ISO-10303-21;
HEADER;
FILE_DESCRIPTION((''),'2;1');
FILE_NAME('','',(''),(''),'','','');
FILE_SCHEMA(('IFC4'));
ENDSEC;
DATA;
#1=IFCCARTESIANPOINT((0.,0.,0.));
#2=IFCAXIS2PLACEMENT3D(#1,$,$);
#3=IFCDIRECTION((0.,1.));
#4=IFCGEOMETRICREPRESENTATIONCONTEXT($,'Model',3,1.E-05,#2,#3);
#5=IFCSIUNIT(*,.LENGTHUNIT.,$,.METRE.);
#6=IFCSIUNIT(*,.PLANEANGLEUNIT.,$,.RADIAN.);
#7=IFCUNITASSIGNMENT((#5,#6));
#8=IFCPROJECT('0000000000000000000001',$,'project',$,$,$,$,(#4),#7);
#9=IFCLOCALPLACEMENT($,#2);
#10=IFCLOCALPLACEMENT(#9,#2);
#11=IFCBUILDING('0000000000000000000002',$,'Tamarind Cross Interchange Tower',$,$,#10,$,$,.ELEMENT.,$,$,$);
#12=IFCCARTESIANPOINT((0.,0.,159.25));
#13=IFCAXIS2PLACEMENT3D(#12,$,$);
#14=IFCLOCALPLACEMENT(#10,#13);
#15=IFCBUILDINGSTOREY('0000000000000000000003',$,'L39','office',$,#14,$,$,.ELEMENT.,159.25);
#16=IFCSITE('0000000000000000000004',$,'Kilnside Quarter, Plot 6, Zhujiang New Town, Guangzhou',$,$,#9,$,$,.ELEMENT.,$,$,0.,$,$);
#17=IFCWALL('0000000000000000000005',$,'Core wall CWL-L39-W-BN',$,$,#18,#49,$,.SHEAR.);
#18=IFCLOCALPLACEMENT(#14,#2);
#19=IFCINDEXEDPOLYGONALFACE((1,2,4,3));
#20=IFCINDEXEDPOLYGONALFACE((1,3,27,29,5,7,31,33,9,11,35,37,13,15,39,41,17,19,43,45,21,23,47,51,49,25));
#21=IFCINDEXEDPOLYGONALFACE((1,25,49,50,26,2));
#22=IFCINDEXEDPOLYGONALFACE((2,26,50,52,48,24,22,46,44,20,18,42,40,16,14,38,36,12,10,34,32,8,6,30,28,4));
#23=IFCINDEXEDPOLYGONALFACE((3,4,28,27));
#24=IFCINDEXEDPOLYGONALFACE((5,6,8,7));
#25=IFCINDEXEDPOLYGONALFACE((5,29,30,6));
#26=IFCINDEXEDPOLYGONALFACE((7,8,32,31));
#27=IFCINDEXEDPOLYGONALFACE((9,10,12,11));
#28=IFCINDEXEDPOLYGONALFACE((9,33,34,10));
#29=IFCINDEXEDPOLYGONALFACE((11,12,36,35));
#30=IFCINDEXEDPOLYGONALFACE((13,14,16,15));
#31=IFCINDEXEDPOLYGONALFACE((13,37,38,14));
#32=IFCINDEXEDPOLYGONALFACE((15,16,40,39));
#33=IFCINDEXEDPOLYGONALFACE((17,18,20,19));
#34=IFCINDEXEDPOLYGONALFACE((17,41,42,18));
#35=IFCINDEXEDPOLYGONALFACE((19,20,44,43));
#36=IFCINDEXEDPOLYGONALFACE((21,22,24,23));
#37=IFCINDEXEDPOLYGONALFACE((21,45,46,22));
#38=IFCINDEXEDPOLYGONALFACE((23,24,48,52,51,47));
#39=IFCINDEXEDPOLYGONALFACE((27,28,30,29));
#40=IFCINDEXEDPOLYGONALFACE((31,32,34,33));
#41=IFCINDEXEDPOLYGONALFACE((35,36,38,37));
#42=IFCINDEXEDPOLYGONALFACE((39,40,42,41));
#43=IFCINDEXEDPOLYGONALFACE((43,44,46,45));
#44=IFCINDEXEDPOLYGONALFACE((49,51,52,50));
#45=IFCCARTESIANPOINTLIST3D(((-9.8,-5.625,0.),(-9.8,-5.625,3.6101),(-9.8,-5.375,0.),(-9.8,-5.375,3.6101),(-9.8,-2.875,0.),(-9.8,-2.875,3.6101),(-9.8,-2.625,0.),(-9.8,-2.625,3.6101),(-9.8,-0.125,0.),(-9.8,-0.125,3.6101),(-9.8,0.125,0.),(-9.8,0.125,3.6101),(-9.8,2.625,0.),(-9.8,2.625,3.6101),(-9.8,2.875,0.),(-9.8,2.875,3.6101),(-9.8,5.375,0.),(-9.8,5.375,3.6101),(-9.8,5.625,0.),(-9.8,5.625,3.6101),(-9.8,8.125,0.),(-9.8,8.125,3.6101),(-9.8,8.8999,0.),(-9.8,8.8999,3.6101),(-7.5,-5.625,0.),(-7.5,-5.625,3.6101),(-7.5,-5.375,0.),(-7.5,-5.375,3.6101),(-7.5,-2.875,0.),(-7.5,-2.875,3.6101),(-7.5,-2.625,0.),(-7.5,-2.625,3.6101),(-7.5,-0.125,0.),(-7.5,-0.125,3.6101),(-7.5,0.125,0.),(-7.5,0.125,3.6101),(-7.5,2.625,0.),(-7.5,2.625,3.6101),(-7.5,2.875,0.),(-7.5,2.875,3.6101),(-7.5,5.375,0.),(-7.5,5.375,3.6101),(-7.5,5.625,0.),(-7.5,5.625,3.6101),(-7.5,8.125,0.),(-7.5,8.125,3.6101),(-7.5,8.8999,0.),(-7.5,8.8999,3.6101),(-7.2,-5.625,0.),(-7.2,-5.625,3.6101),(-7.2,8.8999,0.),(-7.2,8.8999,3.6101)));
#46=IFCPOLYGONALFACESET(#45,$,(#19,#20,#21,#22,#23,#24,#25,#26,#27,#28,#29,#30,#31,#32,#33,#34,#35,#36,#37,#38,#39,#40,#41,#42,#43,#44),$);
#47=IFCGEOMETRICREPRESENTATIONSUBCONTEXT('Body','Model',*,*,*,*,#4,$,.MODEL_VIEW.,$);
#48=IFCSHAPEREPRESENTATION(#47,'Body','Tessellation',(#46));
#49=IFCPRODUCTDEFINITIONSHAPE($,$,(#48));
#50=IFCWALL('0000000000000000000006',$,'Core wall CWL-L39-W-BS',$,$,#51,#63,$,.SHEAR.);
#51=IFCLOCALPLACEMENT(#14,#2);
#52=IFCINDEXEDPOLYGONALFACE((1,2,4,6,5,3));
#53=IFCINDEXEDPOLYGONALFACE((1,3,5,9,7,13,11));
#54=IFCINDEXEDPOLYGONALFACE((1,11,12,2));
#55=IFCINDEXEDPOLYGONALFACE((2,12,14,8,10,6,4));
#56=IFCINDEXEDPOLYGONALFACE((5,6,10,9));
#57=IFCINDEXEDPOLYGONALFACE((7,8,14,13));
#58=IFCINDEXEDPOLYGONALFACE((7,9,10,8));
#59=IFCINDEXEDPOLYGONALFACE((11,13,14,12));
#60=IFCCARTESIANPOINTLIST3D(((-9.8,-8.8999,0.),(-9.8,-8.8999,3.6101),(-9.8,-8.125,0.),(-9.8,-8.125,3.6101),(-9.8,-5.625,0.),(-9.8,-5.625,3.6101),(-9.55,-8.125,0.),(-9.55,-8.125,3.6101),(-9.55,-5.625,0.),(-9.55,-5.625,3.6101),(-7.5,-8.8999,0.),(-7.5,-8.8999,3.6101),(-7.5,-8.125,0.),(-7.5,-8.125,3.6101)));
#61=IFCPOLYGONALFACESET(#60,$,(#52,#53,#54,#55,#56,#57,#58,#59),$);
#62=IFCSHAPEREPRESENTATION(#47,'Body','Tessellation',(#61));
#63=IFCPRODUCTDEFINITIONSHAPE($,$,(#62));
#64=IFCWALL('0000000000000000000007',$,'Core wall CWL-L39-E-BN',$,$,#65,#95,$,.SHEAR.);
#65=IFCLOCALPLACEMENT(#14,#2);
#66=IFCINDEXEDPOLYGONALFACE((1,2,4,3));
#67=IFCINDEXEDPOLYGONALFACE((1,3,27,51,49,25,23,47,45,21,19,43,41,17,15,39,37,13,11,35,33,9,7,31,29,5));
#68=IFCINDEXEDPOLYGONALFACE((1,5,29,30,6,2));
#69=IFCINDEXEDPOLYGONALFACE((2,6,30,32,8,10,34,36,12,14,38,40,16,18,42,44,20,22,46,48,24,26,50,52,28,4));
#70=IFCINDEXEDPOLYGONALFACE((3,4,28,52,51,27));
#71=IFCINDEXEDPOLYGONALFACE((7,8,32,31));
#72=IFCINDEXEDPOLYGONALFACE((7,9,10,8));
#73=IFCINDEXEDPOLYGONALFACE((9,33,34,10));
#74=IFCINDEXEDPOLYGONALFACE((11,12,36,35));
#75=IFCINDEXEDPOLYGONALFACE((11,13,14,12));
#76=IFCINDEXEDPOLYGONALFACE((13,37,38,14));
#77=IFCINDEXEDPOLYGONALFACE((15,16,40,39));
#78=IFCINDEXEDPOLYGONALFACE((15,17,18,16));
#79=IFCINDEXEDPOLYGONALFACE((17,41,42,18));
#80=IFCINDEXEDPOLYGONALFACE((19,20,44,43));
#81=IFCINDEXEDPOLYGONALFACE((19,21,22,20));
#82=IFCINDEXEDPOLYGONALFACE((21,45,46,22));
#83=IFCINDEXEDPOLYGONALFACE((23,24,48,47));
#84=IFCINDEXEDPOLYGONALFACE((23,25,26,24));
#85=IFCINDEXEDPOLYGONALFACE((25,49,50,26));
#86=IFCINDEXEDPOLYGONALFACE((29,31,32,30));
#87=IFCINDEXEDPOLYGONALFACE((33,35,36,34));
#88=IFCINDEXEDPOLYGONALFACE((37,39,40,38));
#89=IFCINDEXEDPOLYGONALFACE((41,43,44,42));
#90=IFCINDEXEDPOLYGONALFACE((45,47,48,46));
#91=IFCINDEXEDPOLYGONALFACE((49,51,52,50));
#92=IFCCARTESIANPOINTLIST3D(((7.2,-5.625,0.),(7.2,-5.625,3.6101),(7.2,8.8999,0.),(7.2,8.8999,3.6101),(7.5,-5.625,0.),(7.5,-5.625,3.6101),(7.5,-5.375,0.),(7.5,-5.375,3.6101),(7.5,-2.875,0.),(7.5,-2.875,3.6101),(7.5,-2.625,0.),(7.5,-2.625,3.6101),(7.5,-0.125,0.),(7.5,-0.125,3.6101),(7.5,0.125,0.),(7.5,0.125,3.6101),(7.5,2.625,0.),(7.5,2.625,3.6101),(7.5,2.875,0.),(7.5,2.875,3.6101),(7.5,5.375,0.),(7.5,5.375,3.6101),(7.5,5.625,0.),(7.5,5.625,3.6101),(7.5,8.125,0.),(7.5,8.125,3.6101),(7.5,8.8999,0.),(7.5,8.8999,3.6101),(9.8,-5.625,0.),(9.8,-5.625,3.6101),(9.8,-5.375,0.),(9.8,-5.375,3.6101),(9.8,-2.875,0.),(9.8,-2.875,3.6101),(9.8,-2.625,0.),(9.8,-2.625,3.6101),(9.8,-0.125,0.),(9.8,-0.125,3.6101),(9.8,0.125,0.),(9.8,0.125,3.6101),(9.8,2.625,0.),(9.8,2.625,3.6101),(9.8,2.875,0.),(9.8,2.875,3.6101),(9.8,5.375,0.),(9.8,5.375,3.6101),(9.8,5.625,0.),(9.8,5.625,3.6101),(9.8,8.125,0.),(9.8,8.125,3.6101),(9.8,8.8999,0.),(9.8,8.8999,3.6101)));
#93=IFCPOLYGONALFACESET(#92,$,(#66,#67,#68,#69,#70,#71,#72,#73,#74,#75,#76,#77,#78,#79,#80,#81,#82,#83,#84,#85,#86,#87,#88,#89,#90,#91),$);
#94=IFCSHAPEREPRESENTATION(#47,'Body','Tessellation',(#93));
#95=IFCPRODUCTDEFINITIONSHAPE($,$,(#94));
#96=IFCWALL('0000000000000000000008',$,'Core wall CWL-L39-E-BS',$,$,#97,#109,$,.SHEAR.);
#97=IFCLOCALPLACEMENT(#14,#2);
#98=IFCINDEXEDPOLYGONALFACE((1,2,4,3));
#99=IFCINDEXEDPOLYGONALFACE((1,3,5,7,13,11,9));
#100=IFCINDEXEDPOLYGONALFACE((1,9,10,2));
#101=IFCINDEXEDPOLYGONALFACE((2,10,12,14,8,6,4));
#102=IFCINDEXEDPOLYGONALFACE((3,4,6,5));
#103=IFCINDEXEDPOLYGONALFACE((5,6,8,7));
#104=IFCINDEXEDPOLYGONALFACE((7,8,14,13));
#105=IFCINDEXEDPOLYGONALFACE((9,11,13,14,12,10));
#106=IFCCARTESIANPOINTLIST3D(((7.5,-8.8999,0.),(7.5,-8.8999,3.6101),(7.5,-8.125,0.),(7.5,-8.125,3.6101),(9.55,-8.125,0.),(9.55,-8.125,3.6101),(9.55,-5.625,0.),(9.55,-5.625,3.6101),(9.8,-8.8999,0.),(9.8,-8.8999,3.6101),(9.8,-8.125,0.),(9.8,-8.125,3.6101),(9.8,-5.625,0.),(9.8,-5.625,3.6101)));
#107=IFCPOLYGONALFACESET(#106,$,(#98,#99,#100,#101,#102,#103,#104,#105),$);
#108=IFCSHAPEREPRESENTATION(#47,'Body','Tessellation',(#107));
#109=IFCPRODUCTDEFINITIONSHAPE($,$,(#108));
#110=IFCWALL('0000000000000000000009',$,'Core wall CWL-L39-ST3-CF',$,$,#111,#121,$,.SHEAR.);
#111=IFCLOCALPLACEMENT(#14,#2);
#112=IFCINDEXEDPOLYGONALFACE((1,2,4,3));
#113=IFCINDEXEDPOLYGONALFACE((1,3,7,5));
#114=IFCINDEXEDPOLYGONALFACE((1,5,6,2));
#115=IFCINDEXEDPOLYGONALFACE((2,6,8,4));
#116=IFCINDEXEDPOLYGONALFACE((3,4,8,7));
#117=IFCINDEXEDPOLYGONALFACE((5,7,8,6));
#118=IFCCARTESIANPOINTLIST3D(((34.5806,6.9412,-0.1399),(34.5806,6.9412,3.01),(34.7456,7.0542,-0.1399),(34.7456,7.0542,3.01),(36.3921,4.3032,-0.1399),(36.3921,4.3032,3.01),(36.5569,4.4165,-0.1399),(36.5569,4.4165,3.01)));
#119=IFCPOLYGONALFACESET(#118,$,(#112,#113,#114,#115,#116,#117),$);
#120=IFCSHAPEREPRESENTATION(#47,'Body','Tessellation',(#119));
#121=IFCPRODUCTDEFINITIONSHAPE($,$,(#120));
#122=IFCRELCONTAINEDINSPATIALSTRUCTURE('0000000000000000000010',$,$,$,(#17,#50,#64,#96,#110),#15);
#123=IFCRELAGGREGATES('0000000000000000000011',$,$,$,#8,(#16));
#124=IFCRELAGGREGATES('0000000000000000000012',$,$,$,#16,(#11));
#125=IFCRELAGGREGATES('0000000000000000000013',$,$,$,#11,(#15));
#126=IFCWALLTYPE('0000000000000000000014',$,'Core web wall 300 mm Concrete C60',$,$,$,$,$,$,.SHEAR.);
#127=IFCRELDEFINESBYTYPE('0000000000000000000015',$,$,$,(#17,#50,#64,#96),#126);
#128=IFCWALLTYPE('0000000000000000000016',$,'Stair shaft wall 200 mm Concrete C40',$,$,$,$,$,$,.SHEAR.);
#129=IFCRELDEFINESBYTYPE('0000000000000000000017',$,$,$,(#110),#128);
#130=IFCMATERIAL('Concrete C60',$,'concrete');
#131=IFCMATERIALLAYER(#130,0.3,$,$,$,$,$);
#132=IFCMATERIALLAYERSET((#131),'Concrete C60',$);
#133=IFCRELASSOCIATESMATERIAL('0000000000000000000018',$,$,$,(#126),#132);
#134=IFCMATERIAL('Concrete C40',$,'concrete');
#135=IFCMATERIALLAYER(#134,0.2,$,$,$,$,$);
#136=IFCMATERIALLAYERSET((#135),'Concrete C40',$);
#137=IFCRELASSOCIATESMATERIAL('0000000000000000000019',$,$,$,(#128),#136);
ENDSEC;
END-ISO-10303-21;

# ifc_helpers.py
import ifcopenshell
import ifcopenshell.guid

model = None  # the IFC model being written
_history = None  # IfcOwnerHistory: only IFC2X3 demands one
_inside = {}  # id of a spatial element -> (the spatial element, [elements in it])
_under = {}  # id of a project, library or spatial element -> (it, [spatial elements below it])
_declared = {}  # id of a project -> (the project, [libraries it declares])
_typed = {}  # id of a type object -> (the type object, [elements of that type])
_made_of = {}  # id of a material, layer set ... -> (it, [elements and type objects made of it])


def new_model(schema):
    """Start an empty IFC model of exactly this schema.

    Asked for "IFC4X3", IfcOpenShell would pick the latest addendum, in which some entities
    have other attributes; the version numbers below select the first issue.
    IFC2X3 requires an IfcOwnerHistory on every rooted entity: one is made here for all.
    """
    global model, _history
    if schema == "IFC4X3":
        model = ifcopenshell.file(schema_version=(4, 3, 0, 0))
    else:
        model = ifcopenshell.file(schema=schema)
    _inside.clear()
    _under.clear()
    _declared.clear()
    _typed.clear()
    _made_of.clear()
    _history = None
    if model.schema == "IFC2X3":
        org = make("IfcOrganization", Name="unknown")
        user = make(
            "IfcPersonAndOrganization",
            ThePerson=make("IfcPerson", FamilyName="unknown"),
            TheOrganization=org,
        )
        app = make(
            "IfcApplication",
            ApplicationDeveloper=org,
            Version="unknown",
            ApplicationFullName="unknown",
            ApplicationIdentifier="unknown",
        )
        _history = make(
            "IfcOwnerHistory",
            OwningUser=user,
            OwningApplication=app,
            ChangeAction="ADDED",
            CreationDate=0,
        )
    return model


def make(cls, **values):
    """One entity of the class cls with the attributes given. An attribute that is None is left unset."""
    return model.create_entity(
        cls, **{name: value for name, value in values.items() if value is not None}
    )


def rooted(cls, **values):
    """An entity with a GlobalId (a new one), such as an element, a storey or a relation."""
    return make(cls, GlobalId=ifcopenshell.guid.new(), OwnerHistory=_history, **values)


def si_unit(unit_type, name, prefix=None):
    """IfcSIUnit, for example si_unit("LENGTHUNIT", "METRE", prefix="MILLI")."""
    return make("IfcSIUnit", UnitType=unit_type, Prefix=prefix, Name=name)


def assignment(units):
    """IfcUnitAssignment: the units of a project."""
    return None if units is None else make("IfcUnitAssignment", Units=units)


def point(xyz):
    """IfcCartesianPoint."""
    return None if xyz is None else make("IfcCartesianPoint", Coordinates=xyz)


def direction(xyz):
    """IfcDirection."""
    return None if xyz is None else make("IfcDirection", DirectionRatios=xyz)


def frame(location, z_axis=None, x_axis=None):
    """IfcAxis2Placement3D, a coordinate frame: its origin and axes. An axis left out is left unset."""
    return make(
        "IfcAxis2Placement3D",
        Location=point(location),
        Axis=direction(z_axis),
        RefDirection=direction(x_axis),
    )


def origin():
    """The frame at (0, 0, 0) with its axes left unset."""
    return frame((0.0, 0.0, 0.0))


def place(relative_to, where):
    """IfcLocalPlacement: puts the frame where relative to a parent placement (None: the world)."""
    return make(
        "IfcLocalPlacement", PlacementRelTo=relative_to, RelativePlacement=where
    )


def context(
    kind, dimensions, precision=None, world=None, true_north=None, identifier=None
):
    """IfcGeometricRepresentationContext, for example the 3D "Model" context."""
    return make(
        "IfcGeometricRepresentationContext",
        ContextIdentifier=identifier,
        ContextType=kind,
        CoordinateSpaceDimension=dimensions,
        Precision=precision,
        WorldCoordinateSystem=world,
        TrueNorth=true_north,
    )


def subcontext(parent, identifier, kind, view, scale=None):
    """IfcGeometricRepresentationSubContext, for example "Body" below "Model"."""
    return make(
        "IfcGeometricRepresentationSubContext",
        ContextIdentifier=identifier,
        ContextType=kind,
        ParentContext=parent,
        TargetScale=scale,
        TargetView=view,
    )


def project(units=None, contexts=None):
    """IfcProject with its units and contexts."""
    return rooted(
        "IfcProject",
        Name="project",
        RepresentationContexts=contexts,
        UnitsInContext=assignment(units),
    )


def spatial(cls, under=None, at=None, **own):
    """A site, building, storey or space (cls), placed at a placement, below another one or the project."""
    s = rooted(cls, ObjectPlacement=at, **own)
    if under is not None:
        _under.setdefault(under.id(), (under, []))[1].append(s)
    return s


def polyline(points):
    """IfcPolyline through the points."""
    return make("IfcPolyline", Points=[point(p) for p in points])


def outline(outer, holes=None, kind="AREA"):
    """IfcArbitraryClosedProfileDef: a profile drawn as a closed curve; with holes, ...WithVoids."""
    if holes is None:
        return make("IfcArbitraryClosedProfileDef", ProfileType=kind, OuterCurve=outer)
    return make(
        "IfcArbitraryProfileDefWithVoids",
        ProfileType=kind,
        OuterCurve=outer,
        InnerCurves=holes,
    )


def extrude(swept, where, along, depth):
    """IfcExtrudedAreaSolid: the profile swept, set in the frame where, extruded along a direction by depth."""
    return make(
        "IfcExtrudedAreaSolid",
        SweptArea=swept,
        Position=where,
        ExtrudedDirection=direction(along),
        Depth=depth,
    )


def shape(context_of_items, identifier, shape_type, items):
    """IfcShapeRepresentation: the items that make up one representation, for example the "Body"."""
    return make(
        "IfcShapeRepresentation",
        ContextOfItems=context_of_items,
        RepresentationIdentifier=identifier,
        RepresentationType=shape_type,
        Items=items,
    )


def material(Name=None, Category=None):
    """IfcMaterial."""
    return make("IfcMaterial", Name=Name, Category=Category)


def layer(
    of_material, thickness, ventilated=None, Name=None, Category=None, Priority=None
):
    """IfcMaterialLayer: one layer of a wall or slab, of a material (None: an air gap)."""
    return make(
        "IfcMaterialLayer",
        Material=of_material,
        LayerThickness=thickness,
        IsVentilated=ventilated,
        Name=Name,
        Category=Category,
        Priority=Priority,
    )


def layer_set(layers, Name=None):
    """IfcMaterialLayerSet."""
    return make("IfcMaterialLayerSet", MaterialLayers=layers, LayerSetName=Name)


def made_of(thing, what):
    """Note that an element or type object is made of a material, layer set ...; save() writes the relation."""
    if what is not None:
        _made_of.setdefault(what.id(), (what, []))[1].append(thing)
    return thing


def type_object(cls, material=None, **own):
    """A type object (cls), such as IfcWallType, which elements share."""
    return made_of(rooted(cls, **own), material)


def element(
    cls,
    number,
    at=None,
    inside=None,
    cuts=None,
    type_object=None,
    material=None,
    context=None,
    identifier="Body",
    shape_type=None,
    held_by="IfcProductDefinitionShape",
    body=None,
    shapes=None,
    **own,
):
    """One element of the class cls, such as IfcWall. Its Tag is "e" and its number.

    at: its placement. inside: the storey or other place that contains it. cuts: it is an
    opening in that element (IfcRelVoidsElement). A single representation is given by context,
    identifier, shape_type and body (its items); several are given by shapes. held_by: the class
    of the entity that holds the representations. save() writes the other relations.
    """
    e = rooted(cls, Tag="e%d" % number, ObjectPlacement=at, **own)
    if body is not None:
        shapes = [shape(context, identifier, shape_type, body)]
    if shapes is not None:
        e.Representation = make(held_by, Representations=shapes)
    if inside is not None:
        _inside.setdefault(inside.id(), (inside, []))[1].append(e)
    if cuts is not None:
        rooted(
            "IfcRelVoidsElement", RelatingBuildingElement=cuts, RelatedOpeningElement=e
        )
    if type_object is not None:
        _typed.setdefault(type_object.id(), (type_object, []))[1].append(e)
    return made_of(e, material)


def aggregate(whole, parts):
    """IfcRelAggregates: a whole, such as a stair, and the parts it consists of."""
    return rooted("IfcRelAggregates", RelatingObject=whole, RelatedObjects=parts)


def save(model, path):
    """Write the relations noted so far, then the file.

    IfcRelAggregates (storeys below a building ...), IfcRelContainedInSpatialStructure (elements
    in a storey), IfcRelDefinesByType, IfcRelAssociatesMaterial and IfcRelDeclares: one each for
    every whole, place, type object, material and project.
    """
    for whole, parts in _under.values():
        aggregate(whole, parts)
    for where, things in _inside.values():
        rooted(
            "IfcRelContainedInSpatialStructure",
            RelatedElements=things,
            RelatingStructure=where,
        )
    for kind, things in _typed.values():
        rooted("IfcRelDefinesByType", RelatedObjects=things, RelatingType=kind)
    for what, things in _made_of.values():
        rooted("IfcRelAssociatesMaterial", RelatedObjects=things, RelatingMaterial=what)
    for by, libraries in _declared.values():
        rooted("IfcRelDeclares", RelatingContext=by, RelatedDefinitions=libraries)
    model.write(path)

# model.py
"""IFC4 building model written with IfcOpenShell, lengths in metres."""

from ifc_helpers import new_model, si_unit, direction, frame, origin, place, context, subcontext, project, spatial, polyline, outline, extrude, material, layer, layer_set, type_object, element, save


model = new_model("IFC4")

# Units and contexts
model_context = context("Model", 3, precision=1e-05, world=origin(), true_north=direction((0.0, 1.0)))
body_context = subcontext(model_context, "Body", "Model", "MODEL_VIEW")
ifc_project = project(units=[si_unit("LENGTHUNIT", "METRE"), si_unit("PLANEANGLEUNIT", "RADIAN")], contexts=[model_context])

# Site, building, storey
site_placement = place(None, origin())
site = spatial("IfcSite", under=ifc_project, at=site_placement, Name="Kilnside Quarter, Plot 6, Zhujiang New Town, Guangzhou", CompositionType="ELEMENT", RefElevation=0.0)
building_placement = place(site_placement, origin())
building = spatial("IfcBuilding", under=site, at=building_placement, Name="Tamarind Cross Interchange Tower", CompositionType="ELEMENT")
storey_placement = place(building_placement, frame((0.0, 0.0, 159.25)))
storey = spatial("IfcBuildingStorey", under=building, at=storey_placement, Name="L39", Description="office", CompositionType="ELEMENT", Elevation=159.25)

# Shared definitions
ifc_material_1 = material(Name="Concrete C40", Category="concrete")

# Walls
ifc_material_2 = material(Name="Concrete C60", Category="concrete")
ifc_layer_1 = layer(ifc_material_2, 0.3)
ifc_layer_set_1 = layer_set([ifc_layer_1], Name="Concrete C60")
wall_type_1 = type_object("IfcWallType", Name="Core web wall 300 mm Concrete C60", PredefinedType="SHEAR", material=ifc_layer_set_1)
wall_1_placement = place(storey_placement, origin())
element("IfcWall", 1, at=wall_1_placement, inside=storey, type_object=wall_type_1, Name="Core wall CWL-L39-W-BN", PredefinedType="SHEAR", context=body_context, shape_type="SweptSolid", body=[
    extrude(outline(polyline([(-9.8, -5.375), (-9.8, -5.625), (-7.5, -5.625), (-7.2, -5.625), (-7.2, 8.8999), (-7.5, 8.8999), (-9.8, 8.8999), (-9.8, 8.125), (-7.5, 8.125), (-7.5, 5.625), (-9.8, 5.625), (-9.8, 5.375), (-7.5, 5.375), (-7.5, 2.875), (-9.8, 2.875), (-9.8, 2.625), (-7.5, 2.625), (-7.5, 0.125), (-9.8, 0.125), (-9.8, -0.125), (-7.5, -0.125), (-7.5, -2.625), (-9.8, -2.625), (-9.8, -2.875), (-7.5, -2.875), (-7.5, -5.375), (-9.8, -5.375)])), origin(), (0.0, 0.0, 1.0), 3.6101),
])
wall_2_placement = place(storey_placement, origin())
element("IfcWall", 2, at=wall_2_placement, inside=storey, type_object=wall_type_1, Name="Core wall CWL-L39-W-BS", PredefinedType="SHEAR", context=body_context, shape_type="SweptSolid", body=[
    extrude(outline(polyline([(-7.5, -8.125), (-9.55, -8.125), (-9.55, -5.625), (-9.8, -5.625), (-9.8, -8.125), (-9.8, -8.8999), (-7.5, -8.8999), (-7.5, -8.125)])), origin(), (0.0, 0.0, 1.0), 3.6101),
])
wall_3_placement = place(storey_placement, origin())
element("IfcWall", 3, at=wall_3_placement, inside=storey, type_object=wall_type_1, Name="Core wall CWL-L39-E-BN", PredefinedType="SHEAR", context=body_context, shape_type="SweptSolid", body=[
    extrude(outline(polyline([(9.8, -5.375), (7.5, -5.375), (7.5, -2.875), (9.8, -2.875), (9.8, -2.625), (7.5, -2.625), (7.5, -0.125), (9.8, -0.125), (9.8, 0.125), (7.5, 0.125), (7.5, 2.625), (9.8, 2.625), (9.8, 2.875), (7.5, 2.875), (7.5, 5.375), (9.8, 5.375), (9.8, 5.625), (7.5, 5.625), (7.5, 8.125), (9.8, 8.125), (9.8, 8.8999), (7.5, 8.8999), (7.2, 8.8999), (7.2, -5.625), (7.5, -5.625), (9.8, -5.625), (9.8, -5.375)])), origin(), (0.0, 0.0, 1.0), 3.6101),
])
wall_4_placement = place(storey_placement, origin())
element("IfcWall", 4, at=wall_4_placement, inside=storey, type_object=wall_type_1, Name="Core wall CWL-L39-E-BS", PredefinedType="SHEAR", context=body_context, shape_type="SweptSolid", body=[
    extrude(outline(polyline([(7.5, -8.125), (7.5, -8.8999), (9.8, -8.8999), (9.8, -8.125), (9.8, -5.625), (9.55, -5.625), (9.55, -8.125), (7.5, -8.125)])), origin(), (0.0, 0.0, 1.0), 3.6101),
])
ifc_layer_2 = layer(ifc_material_1, 0.2)
ifc_layer_set_2 = layer_set([ifc_layer_2], Name="Concrete C40")
wall_type_2 = type_object("IfcWallType", Name="Stair shaft wall 200 mm Concrete C40", PredefinedType="SHEAR", material=ifc_layer_set_2)
wall_5_placement = place(storey_placement, frame((0.0, 0.0, -0.1399)))
element("IfcWall", 5, at=wall_5_placement, inside=storey, type_object=wall_type_2, Name="Core wall CWL-L39-ST3-CF", PredefinedType="SHEAR", context=body_context, shape_type="SweptSolid", body=[
    extrude(outline(polyline([(36.3921, 4.3032), (36.5569, 4.4165), (34.7456, 7.0542), (34.5806, 6.9412), (36.3921, 4.3032)])), origin(), (0.0, 0.0, 1.0), 3.1499),
])

save(model, "model.ifc")
